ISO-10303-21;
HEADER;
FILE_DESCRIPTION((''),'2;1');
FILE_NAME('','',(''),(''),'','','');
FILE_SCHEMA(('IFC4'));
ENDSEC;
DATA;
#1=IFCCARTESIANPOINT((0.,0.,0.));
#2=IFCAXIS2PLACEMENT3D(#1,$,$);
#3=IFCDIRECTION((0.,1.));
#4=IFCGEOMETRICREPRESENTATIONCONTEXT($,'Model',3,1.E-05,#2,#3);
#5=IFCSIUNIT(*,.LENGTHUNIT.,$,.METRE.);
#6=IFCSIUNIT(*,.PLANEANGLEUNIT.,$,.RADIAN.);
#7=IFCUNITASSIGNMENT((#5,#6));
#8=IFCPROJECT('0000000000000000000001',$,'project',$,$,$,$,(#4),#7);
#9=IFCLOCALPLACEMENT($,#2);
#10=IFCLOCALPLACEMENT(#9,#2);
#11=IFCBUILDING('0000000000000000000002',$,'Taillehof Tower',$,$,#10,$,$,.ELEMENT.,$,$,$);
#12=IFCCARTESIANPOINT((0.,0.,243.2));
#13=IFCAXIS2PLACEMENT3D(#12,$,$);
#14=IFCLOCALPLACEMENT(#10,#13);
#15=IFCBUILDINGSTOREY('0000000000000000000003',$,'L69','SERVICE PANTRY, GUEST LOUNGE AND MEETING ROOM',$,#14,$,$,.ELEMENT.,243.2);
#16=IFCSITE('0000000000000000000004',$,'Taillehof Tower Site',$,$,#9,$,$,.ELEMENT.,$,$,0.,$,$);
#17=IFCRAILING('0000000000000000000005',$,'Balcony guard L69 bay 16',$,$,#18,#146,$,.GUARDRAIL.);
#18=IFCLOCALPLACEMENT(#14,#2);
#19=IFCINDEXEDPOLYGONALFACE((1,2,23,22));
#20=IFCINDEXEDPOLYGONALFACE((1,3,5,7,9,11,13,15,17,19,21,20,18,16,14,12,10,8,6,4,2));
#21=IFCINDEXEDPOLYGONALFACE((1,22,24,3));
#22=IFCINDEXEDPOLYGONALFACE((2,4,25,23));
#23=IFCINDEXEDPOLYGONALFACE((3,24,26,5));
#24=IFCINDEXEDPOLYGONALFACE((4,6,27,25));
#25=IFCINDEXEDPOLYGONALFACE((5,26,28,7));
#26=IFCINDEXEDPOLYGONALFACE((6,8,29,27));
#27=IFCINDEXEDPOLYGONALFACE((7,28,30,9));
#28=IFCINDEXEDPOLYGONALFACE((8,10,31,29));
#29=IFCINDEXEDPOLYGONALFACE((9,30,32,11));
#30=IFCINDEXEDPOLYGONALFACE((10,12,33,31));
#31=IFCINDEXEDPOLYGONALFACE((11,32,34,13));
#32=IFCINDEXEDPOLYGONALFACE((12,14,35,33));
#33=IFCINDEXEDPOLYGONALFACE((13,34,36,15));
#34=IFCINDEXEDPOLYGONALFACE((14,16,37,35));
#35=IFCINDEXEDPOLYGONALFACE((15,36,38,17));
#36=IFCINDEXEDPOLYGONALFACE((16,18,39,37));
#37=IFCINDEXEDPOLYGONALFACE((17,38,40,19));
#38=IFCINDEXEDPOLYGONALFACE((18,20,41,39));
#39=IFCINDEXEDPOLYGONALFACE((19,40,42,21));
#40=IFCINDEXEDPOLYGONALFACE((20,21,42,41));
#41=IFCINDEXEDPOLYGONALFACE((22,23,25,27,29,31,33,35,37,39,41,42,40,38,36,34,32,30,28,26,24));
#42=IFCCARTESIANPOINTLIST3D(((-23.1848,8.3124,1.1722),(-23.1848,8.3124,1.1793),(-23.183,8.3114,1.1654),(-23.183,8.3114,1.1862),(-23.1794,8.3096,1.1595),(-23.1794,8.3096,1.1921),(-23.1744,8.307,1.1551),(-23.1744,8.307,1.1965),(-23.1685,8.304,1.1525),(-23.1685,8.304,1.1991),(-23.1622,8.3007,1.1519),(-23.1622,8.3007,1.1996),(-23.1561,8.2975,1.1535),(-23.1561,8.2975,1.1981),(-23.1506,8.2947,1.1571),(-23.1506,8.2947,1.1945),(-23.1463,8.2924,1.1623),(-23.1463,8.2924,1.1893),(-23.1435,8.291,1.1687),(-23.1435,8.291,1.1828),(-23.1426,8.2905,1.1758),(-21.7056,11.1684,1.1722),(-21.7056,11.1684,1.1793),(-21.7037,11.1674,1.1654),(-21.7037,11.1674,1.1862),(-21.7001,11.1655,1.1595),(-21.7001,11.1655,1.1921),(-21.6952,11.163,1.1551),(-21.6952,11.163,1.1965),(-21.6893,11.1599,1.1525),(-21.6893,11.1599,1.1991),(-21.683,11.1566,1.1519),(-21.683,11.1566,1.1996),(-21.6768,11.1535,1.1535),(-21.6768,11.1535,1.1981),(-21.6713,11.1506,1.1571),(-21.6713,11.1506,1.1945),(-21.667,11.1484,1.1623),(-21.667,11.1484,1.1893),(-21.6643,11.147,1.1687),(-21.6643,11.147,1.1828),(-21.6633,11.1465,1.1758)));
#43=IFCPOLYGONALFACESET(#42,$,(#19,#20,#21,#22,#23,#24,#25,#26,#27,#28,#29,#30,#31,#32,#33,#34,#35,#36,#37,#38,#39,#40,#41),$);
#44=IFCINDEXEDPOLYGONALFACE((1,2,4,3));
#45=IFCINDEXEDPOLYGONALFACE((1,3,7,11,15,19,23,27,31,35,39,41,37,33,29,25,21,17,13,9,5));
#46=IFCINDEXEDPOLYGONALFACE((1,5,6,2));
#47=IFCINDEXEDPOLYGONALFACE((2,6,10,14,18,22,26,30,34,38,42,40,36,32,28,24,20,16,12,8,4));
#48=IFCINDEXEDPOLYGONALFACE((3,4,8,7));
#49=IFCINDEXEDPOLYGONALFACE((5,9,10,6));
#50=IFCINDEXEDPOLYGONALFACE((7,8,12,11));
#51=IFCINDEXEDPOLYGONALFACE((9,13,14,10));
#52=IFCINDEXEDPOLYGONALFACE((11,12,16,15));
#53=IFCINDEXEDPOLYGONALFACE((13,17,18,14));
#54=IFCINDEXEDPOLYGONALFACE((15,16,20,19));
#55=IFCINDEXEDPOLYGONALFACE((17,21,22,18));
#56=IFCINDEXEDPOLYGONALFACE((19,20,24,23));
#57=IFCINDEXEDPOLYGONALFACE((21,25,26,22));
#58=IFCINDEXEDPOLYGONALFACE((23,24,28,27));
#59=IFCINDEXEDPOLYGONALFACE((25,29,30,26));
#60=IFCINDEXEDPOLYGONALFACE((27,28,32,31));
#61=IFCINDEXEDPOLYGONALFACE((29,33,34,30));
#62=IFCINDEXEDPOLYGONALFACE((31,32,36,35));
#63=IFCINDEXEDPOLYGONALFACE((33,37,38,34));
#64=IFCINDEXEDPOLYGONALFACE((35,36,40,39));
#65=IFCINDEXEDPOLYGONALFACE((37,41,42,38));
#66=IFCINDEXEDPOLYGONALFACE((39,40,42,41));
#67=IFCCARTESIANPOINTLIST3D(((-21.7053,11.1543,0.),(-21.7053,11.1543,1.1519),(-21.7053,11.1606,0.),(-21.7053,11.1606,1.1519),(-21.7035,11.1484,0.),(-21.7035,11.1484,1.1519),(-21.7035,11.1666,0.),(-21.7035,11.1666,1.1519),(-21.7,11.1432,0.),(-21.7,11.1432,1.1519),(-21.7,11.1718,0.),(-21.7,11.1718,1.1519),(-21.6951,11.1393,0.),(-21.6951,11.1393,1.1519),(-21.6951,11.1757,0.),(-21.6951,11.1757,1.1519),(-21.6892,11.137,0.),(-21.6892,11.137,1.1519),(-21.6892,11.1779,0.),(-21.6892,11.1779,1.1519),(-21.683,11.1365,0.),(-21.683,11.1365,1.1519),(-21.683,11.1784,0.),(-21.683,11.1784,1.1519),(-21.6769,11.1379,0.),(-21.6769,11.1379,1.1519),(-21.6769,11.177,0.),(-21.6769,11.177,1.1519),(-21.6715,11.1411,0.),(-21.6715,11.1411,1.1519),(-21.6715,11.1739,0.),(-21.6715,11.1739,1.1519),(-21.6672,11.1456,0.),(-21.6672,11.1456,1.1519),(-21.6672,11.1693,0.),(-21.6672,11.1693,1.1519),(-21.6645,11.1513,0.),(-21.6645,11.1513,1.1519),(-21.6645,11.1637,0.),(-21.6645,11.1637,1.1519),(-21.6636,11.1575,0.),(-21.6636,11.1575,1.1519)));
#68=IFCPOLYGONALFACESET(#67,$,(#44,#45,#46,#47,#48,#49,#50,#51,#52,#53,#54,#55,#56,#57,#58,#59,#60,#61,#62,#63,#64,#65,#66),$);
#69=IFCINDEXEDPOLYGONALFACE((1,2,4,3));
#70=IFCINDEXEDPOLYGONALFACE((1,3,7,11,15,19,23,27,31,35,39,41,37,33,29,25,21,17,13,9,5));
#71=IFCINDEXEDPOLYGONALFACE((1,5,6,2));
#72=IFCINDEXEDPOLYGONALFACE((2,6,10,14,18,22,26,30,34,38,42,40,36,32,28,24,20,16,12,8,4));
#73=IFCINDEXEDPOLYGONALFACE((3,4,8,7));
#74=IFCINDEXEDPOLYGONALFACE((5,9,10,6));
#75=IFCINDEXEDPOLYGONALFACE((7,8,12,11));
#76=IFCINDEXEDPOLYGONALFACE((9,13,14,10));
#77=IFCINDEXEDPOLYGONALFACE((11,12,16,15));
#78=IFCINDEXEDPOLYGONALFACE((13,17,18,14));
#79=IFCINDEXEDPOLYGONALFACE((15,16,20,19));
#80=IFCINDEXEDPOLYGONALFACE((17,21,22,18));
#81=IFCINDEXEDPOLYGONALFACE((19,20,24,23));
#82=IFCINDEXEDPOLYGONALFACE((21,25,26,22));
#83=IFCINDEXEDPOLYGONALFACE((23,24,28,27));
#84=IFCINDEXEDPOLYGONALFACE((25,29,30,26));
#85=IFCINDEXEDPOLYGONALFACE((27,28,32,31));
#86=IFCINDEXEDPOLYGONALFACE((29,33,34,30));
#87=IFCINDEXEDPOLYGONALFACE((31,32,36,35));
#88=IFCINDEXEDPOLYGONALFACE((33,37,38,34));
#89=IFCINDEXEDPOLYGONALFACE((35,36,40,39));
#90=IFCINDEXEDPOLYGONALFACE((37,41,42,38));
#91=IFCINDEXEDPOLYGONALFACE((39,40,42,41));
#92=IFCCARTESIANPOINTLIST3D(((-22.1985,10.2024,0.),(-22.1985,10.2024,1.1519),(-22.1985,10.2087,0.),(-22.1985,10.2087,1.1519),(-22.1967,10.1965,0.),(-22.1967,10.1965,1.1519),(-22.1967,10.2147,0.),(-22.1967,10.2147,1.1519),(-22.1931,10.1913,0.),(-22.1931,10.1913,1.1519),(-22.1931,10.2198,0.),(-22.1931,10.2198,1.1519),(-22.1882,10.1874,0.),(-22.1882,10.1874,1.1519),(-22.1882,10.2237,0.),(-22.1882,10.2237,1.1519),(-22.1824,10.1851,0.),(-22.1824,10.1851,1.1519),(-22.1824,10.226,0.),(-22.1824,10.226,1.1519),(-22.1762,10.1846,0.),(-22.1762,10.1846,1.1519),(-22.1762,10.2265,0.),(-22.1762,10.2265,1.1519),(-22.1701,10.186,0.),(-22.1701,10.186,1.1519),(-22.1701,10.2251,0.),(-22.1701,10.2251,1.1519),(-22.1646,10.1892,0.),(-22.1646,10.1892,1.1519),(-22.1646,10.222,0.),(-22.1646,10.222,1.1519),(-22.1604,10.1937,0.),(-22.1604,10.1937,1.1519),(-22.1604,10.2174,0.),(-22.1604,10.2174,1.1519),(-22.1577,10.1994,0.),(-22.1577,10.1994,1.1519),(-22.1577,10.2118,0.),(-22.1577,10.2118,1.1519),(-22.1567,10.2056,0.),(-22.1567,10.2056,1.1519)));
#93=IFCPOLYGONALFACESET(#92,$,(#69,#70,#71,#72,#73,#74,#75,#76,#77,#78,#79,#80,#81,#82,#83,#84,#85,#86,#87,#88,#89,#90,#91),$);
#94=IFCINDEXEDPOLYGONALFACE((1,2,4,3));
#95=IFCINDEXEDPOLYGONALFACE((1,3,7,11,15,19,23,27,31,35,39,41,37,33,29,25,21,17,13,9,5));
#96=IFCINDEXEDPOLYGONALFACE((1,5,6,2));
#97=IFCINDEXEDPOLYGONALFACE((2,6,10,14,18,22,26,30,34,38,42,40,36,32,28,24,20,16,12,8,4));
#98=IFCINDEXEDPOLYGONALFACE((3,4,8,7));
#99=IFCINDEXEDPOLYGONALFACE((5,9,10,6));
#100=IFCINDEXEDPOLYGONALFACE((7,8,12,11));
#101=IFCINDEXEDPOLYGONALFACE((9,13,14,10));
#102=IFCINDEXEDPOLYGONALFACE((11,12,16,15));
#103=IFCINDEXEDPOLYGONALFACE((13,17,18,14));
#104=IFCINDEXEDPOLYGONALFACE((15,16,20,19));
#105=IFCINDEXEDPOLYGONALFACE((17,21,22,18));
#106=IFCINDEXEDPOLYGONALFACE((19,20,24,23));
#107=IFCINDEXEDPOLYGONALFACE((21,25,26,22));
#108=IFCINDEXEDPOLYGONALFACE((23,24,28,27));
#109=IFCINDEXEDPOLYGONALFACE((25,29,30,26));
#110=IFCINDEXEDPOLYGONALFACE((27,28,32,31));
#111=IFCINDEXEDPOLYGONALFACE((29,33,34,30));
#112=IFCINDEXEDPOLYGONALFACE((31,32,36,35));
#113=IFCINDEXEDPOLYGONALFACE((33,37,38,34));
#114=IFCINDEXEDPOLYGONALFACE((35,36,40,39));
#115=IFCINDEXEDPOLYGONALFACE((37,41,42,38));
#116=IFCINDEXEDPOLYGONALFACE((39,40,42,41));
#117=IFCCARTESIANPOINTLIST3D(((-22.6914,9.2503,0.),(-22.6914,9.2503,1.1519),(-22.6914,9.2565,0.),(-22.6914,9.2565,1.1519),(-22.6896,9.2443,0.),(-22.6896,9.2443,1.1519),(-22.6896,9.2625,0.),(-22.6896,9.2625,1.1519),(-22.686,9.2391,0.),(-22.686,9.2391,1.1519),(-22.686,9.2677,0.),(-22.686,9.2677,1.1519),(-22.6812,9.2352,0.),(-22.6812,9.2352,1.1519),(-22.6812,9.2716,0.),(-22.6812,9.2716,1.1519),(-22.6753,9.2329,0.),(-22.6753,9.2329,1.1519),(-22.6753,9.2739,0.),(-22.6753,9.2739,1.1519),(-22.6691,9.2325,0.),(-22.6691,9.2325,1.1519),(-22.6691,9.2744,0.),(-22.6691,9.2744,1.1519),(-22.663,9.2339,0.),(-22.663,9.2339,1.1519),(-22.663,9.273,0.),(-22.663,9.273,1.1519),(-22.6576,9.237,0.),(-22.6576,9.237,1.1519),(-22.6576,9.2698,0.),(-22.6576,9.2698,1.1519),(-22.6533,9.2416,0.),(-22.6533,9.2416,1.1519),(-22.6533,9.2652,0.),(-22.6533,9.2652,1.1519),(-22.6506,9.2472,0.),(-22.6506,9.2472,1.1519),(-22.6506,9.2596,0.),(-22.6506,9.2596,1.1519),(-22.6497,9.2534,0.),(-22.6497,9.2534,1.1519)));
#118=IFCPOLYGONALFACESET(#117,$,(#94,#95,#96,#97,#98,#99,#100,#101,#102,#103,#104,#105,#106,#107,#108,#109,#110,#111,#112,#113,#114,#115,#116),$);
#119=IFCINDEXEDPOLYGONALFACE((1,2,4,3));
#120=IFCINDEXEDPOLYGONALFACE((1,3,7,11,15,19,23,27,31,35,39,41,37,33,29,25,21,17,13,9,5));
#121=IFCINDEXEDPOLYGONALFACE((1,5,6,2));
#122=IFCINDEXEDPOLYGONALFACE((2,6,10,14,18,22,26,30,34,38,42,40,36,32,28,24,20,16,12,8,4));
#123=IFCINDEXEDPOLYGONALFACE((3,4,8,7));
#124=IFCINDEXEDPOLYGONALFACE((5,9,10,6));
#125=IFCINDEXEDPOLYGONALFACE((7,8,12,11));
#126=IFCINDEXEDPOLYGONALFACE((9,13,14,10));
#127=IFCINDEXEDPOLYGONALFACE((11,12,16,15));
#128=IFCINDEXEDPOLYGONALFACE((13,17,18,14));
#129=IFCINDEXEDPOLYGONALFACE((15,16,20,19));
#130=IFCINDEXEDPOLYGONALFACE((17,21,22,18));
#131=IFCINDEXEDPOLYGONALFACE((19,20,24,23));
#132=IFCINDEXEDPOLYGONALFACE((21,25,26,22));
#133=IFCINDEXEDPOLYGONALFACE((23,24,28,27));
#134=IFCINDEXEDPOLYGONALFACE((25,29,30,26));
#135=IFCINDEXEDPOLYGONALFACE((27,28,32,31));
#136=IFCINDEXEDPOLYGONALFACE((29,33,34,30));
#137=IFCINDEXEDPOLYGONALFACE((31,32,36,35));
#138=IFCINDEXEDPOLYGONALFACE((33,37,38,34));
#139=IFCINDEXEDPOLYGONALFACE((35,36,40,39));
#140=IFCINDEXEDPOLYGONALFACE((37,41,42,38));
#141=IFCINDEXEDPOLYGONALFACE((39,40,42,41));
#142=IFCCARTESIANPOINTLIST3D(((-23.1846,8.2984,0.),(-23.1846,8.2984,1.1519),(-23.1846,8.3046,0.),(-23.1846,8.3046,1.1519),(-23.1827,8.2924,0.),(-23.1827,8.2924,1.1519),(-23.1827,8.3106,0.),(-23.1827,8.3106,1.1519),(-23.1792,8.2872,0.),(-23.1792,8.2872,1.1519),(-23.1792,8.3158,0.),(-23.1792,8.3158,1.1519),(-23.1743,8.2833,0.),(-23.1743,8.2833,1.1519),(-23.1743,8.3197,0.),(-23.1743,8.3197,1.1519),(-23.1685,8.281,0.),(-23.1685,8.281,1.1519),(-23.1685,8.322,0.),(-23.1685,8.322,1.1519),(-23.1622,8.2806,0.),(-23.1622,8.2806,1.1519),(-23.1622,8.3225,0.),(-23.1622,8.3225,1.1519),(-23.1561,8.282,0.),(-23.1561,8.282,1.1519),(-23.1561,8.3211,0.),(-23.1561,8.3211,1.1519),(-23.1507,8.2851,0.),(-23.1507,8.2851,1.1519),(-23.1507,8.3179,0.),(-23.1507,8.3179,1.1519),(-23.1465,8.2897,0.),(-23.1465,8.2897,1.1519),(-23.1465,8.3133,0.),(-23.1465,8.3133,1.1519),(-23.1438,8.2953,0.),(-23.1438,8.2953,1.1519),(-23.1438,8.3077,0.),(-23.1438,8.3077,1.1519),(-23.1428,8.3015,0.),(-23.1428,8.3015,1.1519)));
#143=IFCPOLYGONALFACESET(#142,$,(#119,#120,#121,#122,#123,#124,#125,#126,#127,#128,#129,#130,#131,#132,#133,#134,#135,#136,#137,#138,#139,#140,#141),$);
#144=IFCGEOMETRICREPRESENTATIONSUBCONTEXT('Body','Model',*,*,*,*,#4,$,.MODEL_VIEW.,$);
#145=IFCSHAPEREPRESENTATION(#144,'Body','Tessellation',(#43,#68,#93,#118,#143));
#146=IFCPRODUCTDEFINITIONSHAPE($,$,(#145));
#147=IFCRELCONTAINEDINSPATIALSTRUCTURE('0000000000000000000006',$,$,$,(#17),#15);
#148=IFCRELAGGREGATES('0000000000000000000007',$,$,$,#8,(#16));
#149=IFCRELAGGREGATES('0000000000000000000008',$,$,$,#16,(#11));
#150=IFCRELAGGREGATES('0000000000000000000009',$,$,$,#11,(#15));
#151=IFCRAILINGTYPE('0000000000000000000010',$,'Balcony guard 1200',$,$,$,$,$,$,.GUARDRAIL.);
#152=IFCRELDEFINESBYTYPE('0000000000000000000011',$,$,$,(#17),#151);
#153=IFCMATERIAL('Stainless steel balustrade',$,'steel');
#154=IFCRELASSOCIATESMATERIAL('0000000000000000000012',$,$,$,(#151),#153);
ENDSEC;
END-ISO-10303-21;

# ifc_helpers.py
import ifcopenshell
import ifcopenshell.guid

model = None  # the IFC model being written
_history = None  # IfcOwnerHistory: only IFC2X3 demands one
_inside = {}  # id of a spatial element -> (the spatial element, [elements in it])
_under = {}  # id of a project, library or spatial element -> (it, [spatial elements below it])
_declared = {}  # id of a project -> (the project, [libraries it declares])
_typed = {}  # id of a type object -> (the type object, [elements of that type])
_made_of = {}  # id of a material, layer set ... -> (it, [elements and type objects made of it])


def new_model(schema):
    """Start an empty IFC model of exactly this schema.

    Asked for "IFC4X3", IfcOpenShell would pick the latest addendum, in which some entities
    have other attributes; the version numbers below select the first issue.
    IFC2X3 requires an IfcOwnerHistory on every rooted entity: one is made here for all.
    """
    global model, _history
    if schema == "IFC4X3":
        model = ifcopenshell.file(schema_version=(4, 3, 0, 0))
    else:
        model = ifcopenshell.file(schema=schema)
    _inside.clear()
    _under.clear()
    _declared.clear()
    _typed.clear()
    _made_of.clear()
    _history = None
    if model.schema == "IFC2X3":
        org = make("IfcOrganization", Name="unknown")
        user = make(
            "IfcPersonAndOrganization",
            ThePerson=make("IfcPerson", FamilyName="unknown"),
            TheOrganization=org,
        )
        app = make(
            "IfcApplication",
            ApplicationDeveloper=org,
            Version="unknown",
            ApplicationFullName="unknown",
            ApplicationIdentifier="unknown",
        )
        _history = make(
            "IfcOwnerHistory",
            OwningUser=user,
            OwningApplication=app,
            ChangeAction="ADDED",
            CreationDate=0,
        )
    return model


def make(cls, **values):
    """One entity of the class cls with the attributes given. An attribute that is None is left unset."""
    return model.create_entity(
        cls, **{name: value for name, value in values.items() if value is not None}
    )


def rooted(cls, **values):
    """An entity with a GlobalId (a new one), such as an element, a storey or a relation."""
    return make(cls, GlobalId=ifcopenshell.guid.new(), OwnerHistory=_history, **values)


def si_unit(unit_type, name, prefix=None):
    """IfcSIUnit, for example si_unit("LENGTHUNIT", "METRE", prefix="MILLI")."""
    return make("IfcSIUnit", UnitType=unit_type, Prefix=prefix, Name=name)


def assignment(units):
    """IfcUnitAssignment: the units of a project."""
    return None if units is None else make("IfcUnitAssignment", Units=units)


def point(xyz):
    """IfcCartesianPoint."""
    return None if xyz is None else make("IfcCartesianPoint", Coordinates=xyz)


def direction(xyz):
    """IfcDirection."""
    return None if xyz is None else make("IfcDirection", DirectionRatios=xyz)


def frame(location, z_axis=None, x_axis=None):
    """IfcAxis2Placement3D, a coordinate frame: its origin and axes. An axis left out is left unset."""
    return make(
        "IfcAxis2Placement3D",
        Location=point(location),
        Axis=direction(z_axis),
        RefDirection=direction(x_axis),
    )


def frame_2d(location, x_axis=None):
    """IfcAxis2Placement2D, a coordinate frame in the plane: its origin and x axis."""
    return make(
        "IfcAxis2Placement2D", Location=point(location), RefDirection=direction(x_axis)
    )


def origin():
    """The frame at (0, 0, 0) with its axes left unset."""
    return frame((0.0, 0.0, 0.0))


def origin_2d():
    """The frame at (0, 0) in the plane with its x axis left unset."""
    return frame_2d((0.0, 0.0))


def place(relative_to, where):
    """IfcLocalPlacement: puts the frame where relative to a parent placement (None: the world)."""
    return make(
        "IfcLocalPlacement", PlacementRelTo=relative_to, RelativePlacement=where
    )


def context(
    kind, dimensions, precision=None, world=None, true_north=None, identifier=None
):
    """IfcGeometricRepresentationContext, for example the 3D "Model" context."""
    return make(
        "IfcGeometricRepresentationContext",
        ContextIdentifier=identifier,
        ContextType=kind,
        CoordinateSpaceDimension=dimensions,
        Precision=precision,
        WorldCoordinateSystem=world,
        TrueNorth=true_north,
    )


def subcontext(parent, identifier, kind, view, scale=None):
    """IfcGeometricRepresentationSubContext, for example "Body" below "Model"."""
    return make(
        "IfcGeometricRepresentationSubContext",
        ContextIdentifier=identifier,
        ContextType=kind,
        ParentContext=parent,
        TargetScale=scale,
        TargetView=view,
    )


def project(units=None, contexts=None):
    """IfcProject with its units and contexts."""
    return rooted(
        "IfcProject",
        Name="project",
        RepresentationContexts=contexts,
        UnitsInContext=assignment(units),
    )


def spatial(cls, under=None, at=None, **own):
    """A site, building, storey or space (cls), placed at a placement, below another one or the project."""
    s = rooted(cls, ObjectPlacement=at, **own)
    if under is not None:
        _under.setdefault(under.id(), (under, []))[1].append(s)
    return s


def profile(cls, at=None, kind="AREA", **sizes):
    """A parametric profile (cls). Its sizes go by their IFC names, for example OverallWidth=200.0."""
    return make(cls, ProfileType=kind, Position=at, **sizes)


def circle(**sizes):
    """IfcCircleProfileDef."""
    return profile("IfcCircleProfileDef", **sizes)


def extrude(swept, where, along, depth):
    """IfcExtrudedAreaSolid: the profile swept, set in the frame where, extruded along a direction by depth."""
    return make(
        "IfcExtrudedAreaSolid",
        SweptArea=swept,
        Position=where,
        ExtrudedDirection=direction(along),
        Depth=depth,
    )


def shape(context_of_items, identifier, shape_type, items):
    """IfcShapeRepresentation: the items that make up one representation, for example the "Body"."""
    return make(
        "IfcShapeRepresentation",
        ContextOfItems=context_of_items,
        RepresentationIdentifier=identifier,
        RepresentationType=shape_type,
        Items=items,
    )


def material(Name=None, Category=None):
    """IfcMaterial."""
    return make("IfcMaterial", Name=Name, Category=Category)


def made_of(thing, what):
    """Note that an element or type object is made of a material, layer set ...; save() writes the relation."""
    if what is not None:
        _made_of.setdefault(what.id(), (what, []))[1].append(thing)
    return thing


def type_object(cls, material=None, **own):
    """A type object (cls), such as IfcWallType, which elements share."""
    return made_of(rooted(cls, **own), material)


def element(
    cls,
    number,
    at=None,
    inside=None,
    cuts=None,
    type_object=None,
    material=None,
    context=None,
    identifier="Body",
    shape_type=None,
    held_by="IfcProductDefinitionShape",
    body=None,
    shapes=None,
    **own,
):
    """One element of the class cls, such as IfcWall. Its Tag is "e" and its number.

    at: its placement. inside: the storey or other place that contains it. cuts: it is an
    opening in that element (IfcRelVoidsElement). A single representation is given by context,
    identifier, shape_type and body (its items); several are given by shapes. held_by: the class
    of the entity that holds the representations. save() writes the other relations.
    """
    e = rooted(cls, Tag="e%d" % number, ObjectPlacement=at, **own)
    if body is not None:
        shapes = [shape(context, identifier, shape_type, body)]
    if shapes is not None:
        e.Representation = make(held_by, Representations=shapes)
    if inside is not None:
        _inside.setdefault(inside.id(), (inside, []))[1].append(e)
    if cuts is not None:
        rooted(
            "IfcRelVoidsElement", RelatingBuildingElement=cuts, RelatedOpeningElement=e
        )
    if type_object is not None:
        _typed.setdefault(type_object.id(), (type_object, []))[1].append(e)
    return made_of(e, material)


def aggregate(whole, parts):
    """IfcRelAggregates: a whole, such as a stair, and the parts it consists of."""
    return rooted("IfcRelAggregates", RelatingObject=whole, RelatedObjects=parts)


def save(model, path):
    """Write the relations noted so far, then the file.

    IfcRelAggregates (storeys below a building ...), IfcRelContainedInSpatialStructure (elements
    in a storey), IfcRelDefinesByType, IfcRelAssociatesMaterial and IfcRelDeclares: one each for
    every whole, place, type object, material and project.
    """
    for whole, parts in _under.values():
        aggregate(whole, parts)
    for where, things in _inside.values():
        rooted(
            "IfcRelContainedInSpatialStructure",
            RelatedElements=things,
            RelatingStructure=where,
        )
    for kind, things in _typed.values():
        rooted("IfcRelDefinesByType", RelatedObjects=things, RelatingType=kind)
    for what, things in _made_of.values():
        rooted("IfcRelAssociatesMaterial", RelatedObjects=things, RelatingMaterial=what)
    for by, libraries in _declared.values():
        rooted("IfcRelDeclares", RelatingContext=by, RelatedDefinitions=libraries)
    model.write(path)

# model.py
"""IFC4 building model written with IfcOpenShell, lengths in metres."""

from ifc_helpers import new_model, si_unit, direction, frame, origin, origin_2d, place, context, subcontext, project, spatial, circle, extrude, material, type_object, element, save


model = new_model("IFC4")

# Units and contexts
model_context = context("Model", 3, precision=1e-05, world=origin(), true_north=direction((0.0, 1.0)))
body_context = subcontext(model_context, "Body", "Model", "MODEL_VIEW")
ifc_project = project(units=[si_unit("LENGTHUNIT", "METRE"), si_unit("PLANEANGLEUNIT", "RADIAN")], contexts=[model_context])

# Site, building, storey
site_placement = place(None, origin())
site = spatial("IfcSite", under=ifc_project, at=site_placement, Name="Taillehof Tower Site", CompositionType="ELEMENT", RefElevation=0.0)
building_placement = place(site_placement, origin())
building = spatial("IfcBuilding", under=site, at=building_placement, Name="Taillehof Tower", CompositionType="ELEMENT")
storey_placement = place(building_placement, frame((0.0, 0.0, 243.2)))
storey = spatial("IfcBuildingStorey", under=building, at=storey_placement, Name="L69", Description="SERVICE PANTRY, GUEST LOUNGE AND MEETING ROOM", CompositionType="ELEMENT", Elevation=243.2)

# Railing
ifc_material_1 = material(Name="Stainless steel balustrade", Category="steel")
railing_type = type_object("IfcRailingType", Name="Balcony guard 1200", PredefinedType="GUARDRAIL", material=ifc_material_1)
railing_1_placement = place(storey_placement, frame((-21.6846, 11.1575, 0.0)))
element("IfcRailing", 1, at=railing_1_placement, inside=storey, type_object=railing_type, Name="Balcony guard L69 bay 16", PredefinedType="GUARDRAIL", context=body_context, shape_type="SweptSolid", body=[
    extrude(circle(Radius=0.0239, at=origin_2d()), frame((0.0, 0.0, 1.1758), z_axis=(-0.459921, -0.88796, 0.0), x_axis=(0.88796, -0.459921, 0.0)), (0.0, 0.0, 1.0), 3.2163),
    extrude(circle(Radius=0.021, at=origin_2d()), origin(), (0.0, 0.0, 1.0), 1.1519),
    extrude(circle(Radius=0.021, at=origin_2d()), frame((-0.4932, -0.9519, 0.0)), (0.0, 0.0, 1.0), 1.1519),
    extrude(circle(Radius=0.021, at=origin_2d()), frame((-0.9861, -1.9041, 0.0)), (0.0, 0.0, 1.0), 1.1519),
    extrude(circle(Radius=0.021, at=origin_2d()), frame((-1.4792, -2.856, 0.0)), (0.0, 0.0, 1.0), 1.1519),
])

save(model, "model.ifc")
